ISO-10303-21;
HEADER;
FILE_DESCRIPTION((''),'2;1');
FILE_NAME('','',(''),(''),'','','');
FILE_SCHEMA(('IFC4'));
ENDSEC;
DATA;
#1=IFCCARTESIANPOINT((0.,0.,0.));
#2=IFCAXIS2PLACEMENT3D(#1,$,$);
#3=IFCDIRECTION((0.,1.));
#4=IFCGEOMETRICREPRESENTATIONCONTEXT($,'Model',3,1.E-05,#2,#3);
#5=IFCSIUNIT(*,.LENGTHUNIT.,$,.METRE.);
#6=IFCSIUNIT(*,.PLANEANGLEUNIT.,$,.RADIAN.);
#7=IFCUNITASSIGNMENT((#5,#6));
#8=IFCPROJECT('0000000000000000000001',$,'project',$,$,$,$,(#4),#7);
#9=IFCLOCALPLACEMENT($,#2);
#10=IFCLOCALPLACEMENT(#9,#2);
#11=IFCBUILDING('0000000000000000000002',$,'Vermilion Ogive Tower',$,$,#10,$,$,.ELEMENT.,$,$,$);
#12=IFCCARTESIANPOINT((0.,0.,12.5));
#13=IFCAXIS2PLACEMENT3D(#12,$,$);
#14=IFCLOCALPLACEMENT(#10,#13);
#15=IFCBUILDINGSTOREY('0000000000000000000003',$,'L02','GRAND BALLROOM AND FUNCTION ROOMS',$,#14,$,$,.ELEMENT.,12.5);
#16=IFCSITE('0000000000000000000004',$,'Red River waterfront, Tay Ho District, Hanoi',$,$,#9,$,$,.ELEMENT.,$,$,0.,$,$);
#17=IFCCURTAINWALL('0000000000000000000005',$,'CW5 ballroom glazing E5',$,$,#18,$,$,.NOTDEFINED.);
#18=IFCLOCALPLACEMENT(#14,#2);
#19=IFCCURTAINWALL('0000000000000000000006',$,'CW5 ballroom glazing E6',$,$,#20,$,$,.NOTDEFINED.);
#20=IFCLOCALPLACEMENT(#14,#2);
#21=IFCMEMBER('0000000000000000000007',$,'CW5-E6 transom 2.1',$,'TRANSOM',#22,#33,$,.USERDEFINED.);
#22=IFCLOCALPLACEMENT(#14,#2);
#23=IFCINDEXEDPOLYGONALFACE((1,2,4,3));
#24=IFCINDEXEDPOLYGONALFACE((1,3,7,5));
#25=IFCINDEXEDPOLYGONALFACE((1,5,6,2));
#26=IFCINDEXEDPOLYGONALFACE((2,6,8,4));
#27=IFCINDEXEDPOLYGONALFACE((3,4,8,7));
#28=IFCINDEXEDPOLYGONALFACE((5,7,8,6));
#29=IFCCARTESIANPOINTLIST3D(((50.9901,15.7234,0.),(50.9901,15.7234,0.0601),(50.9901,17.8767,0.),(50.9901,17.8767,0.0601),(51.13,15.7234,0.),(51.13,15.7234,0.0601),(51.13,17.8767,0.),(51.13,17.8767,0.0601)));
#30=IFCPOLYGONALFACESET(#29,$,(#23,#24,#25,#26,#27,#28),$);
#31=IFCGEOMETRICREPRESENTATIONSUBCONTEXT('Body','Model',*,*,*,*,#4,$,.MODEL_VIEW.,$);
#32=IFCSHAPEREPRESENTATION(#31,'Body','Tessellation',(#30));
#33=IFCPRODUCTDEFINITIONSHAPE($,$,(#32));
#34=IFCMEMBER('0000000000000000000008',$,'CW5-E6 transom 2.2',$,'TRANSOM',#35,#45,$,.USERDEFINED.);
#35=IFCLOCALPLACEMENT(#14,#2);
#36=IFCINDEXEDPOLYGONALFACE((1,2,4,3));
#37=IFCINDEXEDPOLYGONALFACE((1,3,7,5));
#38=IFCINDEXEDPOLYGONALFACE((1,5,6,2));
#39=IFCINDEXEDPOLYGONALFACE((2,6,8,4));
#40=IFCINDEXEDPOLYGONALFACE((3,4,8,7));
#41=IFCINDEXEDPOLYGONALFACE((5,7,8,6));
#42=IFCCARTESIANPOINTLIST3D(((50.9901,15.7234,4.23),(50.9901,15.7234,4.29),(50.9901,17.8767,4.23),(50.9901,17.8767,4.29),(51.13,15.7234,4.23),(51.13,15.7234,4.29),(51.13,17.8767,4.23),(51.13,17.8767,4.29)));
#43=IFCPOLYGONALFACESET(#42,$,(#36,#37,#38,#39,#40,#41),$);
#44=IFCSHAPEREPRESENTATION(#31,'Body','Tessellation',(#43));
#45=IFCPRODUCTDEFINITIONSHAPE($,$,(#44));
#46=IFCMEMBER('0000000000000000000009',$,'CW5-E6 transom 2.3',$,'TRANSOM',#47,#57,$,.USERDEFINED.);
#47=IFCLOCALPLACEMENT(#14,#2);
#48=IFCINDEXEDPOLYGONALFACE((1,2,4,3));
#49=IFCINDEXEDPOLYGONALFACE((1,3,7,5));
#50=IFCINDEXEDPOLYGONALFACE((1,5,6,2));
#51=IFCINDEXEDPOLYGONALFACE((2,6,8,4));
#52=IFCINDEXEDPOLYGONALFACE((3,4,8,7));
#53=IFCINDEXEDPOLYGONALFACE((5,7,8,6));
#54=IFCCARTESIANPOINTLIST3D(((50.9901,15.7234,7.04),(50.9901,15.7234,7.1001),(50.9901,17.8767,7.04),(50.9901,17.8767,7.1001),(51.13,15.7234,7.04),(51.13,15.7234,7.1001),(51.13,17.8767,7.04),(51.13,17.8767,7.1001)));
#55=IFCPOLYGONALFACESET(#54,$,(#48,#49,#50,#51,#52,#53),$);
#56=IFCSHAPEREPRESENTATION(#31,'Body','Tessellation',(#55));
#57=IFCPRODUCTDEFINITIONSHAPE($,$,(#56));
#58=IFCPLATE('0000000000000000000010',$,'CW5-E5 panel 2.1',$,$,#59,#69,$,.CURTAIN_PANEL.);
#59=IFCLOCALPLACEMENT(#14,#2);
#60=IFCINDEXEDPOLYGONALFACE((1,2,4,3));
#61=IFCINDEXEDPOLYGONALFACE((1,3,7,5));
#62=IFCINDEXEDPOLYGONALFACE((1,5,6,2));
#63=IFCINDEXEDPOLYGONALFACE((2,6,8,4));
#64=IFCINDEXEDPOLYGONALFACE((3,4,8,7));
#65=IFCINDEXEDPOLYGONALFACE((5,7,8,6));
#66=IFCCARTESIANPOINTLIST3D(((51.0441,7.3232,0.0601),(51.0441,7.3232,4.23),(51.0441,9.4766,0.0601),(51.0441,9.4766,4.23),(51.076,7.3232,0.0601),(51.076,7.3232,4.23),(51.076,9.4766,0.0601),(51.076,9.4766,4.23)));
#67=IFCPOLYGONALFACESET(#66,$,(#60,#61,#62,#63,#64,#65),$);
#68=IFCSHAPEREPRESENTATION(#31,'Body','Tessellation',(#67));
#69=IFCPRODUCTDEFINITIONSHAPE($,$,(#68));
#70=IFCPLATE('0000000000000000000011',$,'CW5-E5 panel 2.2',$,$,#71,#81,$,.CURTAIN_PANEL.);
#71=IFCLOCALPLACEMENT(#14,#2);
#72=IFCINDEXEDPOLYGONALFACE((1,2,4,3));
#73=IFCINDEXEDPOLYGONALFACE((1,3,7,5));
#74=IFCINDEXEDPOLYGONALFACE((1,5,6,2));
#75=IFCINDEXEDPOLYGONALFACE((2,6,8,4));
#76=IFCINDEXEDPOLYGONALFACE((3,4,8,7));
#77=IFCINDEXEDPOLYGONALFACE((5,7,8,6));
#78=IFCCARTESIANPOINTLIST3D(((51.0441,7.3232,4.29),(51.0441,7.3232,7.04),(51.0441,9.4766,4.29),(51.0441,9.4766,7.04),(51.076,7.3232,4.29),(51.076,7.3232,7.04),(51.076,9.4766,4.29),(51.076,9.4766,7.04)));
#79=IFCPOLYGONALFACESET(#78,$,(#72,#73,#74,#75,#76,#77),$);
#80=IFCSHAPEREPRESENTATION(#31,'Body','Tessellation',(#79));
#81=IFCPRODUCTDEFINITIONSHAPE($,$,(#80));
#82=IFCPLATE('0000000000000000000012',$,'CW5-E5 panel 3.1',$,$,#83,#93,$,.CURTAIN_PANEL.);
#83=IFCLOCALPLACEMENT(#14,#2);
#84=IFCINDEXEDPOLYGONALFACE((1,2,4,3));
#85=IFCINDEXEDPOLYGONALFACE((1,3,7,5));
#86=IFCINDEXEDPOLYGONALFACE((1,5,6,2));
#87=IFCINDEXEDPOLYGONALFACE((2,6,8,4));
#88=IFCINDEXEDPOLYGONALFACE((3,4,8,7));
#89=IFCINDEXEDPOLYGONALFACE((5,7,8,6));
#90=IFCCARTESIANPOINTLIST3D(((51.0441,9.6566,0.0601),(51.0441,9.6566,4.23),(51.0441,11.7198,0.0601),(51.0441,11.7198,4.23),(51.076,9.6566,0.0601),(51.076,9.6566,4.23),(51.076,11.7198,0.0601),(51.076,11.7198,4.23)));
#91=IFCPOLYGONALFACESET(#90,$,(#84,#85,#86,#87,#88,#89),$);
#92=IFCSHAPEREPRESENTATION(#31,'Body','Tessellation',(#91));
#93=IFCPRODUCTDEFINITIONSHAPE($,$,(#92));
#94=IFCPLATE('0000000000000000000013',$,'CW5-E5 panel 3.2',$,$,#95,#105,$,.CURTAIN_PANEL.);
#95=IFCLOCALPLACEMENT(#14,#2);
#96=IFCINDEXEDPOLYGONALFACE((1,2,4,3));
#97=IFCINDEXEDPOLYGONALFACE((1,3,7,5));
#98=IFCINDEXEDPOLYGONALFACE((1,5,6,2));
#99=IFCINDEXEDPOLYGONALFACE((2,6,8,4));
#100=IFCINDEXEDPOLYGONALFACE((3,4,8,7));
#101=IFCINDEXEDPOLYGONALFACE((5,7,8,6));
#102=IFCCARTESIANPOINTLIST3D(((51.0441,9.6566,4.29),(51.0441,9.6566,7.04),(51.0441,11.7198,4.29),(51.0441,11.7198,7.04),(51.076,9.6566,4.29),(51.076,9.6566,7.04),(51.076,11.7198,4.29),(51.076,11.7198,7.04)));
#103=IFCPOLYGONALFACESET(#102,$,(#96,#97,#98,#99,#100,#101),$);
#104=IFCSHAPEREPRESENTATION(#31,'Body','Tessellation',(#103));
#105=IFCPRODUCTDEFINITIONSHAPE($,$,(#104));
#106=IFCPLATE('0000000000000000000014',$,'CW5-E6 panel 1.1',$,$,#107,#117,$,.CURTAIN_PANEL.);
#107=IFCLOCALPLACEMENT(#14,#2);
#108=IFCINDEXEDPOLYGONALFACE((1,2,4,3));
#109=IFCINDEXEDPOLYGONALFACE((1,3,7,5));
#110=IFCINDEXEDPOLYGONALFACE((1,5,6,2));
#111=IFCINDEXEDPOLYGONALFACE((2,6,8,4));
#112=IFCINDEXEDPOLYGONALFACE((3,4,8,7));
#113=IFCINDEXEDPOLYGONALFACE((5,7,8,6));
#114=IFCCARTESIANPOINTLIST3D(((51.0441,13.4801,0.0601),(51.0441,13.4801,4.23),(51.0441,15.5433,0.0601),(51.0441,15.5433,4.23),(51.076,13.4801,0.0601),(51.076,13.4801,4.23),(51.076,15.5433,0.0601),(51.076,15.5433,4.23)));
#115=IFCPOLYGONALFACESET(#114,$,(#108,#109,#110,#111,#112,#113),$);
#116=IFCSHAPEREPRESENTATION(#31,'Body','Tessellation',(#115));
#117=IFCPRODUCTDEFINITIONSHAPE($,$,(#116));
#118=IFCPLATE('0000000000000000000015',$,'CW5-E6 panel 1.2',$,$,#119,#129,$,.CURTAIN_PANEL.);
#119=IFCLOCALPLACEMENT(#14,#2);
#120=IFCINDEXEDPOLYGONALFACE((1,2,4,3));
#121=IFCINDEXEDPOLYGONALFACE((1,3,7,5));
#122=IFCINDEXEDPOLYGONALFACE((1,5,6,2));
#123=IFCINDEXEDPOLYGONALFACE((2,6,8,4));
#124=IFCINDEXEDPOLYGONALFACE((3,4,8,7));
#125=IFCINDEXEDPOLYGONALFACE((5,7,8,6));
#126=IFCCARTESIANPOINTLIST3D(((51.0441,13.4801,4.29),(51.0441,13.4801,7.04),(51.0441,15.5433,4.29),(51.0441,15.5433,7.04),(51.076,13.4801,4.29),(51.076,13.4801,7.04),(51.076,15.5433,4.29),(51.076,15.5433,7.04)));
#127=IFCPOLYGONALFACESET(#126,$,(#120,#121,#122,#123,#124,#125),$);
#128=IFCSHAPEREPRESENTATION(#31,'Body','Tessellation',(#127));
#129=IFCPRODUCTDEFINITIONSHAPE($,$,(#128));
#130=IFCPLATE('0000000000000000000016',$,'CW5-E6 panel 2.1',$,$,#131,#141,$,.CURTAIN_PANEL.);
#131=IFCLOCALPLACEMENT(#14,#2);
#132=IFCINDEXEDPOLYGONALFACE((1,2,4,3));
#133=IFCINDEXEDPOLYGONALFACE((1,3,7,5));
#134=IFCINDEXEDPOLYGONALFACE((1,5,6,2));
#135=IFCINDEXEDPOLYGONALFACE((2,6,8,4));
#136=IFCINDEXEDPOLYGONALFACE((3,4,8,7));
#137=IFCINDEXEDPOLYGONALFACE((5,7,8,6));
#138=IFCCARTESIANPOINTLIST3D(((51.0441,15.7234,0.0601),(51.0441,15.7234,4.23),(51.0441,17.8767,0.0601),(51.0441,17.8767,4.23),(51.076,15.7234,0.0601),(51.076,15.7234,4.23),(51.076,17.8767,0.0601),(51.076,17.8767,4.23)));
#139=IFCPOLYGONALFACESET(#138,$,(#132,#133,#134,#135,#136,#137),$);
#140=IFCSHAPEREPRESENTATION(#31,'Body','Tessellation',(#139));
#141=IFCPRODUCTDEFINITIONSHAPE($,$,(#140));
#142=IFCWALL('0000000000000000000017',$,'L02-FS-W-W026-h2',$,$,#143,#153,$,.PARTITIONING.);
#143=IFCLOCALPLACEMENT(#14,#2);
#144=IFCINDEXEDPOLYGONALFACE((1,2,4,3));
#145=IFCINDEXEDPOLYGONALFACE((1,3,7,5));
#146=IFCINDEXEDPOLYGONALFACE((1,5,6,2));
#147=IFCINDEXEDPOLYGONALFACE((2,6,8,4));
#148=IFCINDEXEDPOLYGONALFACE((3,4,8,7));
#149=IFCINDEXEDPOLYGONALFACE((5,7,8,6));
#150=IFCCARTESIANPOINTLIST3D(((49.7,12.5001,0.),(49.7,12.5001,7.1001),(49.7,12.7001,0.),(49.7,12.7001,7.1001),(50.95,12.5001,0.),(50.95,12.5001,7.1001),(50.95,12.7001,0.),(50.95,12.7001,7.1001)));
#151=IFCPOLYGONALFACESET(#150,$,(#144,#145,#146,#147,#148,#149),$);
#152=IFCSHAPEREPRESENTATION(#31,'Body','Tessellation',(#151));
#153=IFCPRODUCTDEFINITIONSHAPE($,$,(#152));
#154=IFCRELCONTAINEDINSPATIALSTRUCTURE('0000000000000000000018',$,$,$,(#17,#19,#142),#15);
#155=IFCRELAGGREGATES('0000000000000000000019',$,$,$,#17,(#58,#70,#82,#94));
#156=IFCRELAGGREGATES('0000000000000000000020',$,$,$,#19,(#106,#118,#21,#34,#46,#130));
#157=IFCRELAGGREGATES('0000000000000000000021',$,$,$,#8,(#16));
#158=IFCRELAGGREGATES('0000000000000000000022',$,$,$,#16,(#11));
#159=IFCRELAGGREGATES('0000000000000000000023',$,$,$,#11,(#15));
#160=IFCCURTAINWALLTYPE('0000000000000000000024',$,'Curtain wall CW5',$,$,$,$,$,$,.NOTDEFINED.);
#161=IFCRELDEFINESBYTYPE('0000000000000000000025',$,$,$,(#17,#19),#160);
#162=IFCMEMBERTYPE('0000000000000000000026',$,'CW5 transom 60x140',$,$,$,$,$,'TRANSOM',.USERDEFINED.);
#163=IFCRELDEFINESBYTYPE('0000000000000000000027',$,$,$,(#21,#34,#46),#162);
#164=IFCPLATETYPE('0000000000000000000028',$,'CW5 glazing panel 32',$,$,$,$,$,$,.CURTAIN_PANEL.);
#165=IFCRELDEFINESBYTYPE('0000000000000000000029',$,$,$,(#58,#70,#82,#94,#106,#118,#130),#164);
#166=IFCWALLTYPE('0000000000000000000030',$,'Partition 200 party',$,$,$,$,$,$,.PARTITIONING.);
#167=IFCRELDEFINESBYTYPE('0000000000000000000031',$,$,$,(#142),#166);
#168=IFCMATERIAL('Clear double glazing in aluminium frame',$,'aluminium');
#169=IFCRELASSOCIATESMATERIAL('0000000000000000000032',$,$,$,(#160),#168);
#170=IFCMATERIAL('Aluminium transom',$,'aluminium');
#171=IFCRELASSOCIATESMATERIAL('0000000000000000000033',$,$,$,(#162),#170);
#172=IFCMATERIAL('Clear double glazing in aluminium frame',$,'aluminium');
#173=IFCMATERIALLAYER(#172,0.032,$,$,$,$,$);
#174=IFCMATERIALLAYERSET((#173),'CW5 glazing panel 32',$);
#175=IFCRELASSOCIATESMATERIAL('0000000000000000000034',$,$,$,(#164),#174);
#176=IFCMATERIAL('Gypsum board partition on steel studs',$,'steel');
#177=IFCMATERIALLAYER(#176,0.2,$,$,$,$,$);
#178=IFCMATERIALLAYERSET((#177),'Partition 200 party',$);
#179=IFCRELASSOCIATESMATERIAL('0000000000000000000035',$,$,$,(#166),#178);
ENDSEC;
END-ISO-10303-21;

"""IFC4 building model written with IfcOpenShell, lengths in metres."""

from ifc_helpers import new_model, si_unit, direction, frame, frame_2d, origin, origin_2d, place, context, subcontext, project, spatial, rectangle, extrude, material, layer, layer_set, material_profile, profile_set, type_object, element, aggregate, save


model = new_model("IFC4")

# Units and contexts
model_context = context("Model", 3, precision=1e-05, world=origin(), true_north=direction((0.0, 1.0)))
body_context = subcontext(model_context, "Body", "Model", "MODEL_VIEW")
ifc_project = project(units=[si_unit("LENGTHUNIT", "METRE"), si_unit("PLANEANGLEUNIT", "RADIAN")], contexts=[model_context])

# Site, building, storey
site_placement = place(None, origin())
site = spatial("IfcSite", under=ifc_project, at=site_placement, Name="Red River waterfront, Tay Ho District, Hanoi", CompositionType="ELEMENT", RefElevation=0.0)
building_placement = place(site_placement, origin())
building = spatial("IfcBuilding", under=site, at=building_placement, Name="Vermilion Ogive Tower", CompositionType="ELEMENT")
storey_placement = place(building_placement, frame((0.0, 0.0, 12.5)))
storey = spatial("IfcBuildingStorey", under=building, at=storey_placement, Name="L02", Description="GRAND BALLROOM AND FUNCTION ROOMS", CompositionType="ELEMENT", Elevation=12.5)

# Curtain walls
ifc_material_1 = material(Name="Clear double glazing in aluminium frame", Category="aluminium")
curtain_wall_type = type_object("IfcCurtainWallType", Name="Curtain wall CW5", PredefinedType="NOTDEFINED", material=ifc_material_1)
curtain_wall_1_placement = place(storey_placement, origin())
curtain_wall_1 = element("IfcCurtainWall", 1, at=curtain_wall_1_placement, inside=storey, type_object=curtain_wall_type, Name="CW5 ballroom glazing E5", PredefinedType="NOTDEFINED")
curtain_wall_2_placement = place(storey_placement, origin())
curtain_wall_2 = element("IfcCurtainWall", 2, at=curtain_wall_2_placement, inside=storey, type_object=curtain_wall_type, Name="CW5 ballroom glazing E6", PredefinedType="NOTDEFINED")

# Members
ifc_material_2 = material(Name="Aluminium transom", Category="aluminium")
ifc_material_profile_1 = material_profile(ifc_material_2, rectangle(XDim=0.1399, YDim=0.0601, at=origin_2d()), Name="AL 60x140")
ifc_profile_set_1 = profile_set([ifc_material_profile_1], Name="Aluminium transom")
member_type_1 = type_object("IfcMemberType", Name="CW5 transom 60x140", ElementType="TRANSOM", PredefinedType="USERDEFINED", material=ifc_profile_set_1)
member_1_placement = place(storey_placement, frame((51.0601, 15.7234, 0.03), z_axis=(0.0, 1.0, 0.0), x_axis=(-1.0, 0.0, 0.0)))
member_1 = element("IfcMember", 3, at=member_1_placement, type_object=member_type_1, Name="CW5-E6 transom 2.1", ObjectType="TRANSOM", PredefinedType="USERDEFINED", context=body_context, shape_type="SweptSolid", body=[
    extrude(rectangle(XDim=0.1399, YDim=0.0601, at=origin_2d()), origin(), (0.0, 0.0, 1.0), 2.1533),
])
member_2_placement = place(storey_placement, frame((51.0601, 15.7234, 4.26), z_axis=(0.0, 1.0, 0.0), x_axis=(-1.0, 0.0, 0.0)))
member_2 = element("IfcMember", 4, at=member_2_placement, type_object=member_type_1, Name="CW5-E6 transom 2.2", ObjectType="TRANSOM", PredefinedType="USERDEFINED", context=body_context, shape_type="SweptSolid", body=[
    extrude(rectangle(XDim=0.1399, YDim=0.0601, at=origin_2d()), origin(), (0.0, 0.0, 1.0), 2.1533),
])
member_3_placement = place(storey_placement, frame((51.0601, 15.7234, 7.0701), z_axis=(0.0, 1.0, 0.0), x_axis=(-1.0, 0.0, 0.0)))
member_3 = element("IfcMember", 5, at=member_3_placement, type_object=member_type_1, Name="CW5-E6 transom 2.3", ObjectType="TRANSOM", PredefinedType="USERDEFINED", context=body_context, shape_type="SweptSolid", body=[
    extrude(rectangle(XDim=0.1399, YDim=0.0601, at=origin_2d()), origin(), (0.0, 0.0, 1.0), 2.1533),
])

# Plates
ifc_material_3 = material(Name="Clear double glazing in aluminium frame", Category="aluminium")
ifc_layer_1 = layer(ifc_material_3, 0.032)
ifc_layer_set_1 = layer_set([ifc_layer_1], Name="CW5 glazing panel 32")
plate_type = type_object("IfcPlateType", Name="CW5 glazing panel 32", PredefinedType="CURTAIN_PANEL", material=ifc_layer_set_1)
plate_1_placement = place(storey_placement, frame((51.0601, 8.3999, 0.0601), z_axis=(0.0, 0.0, 1.0), x_axis=(0.0, 1.0, 0.0)))
plate_1 = element("IfcPlate", 6, at=plate_1_placement, type_object=plate_type, Name="CW5-E5 panel 2.1", PredefinedType="CURTAIN_PANEL", context=body_context, shape_type="SweptSolid", body=[
    extrude(rectangle(XDim=2.1533, YDim=0.032, at=origin_2d()), origin(), (0.0, 0.0, 1.0), 4.1699),
])
plate_2_placement = place(storey_placement, frame((51.0601, 8.3999, 4.29), z_axis=(0.0, 0.0, 1.0), x_axis=(0.0, 1.0, 0.0)))
plate_2 = element("IfcPlate", 7, at=plate_2_placement, type_object=plate_type, Name="CW5-E5 panel 2.2", PredefinedType="CURTAIN_PANEL", context=body_context, shape_type="SweptSolid", body=[
    extrude(rectangle(XDim=2.1533, YDim=0.032, at=origin_2d()), origin(), (0.0, 0.0, 1.0), 2.75),
])
plate_3_placement = place(storey_placement, frame((51.0601, 10.6882, 0.0601), z_axis=(0.0, 0.0, 1.0), x_axis=(0.0, 1.0, 0.0)))
plate_3 = element("IfcPlate", 8, at=plate_3_placement, type_object=plate_type, Name="CW5-E5 panel 3.1", PredefinedType="CURTAIN_PANEL", context=body_context, shape_type="SweptSolid", body=[
    extrude(rectangle(XDim=2.0632, YDim=0.032, at=origin_2d()), origin(), (0.0, 0.0, 1.0), 4.1699),
])
plate_4_placement = place(storey_placement, frame((51.0601, 10.6882, 4.29), z_axis=(0.0, 0.0, 1.0), x_axis=(0.0, 1.0, 0.0)))
plate_4 = element("IfcPlate", 9, at=plate_4_placement, type_object=plate_type, Name="CW5-E5 panel 3.2", PredefinedType="CURTAIN_PANEL", context=body_context, shape_type="SweptSolid", body=[
    extrude(rectangle(XDim=2.0632, YDim=0.032, at=origin_2d()), origin(), (0.0, 0.0, 1.0), 2.75),
])
aggregate(curtain_wall_1, [plate_1, plate_2, plate_3, plate_4])
plate_5_placement = place(storey_placement, frame((51.0601, 14.5117, 0.0601), z_axis=(0.0, 0.0, 1.0), x_axis=(0.0, 1.0, 0.0)))
plate_5 = element("IfcPlate", 10, at=plate_5_placement, type_object=plate_type, Name="CW5-E6 panel 1.1", PredefinedType="CURTAIN_PANEL", context=body_context, shape_type="SweptSolid", body=[
    extrude(rectangle(XDim=2.0632, YDim=0.032, at=origin_2d()), origin(), (0.0, 0.0, 1.0), 4.1699),
])
plate_6_placement = place(storey_placement, frame((51.0601, 14.5117, 4.29), z_axis=(0.0, 0.0, 1.0), x_axis=(0.0, 1.0, 0.0)))
plate_6 = element("IfcPlate", 11, at=plate_6_placement, type_object=plate_type, Name="CW5-E6 panel 1.2", PredefinedType="CURTAIN_PANEL", context=body_context, shape_type="SweptSolid", body=[
    extrude(rectangle(XDim=2.0632, YDim=0.032, at=origin_2d()), origin(), (0.0, 0.0, 1.0), 2.75),
])
plate_7_placement = place(storey_placement, frame((51.0601, 16.8, 0.0601), z_axis=(0.0, 0.0, 1.0), x_axis=(0.0, 1.0, 0.0)))
plate_7 = element("IfcPlate", 12, at=plate_7_placement, type_object=plate_type, Name="CW5-E6 panel 2.1", PredefinedType="CURTAIN_PANEL", context=body_context, shape_type="SweptSolid", body=[
    extrude(rectangle(XDim=2.1533, YDim=0.032, at=origin_2d()), origin(), (0.0, 0.0, 1.0), 4.1699),
])
aggregate(curtain_wall_2, [plate_5, plate_6, member_1, member_2, member_3, plate_7])

# Wall
ifc_material_4 = material(Name="Gypsum board partition on steel studs", Category="steel")
ifc_layer_2 = layer(ifc_material_4, 0.2)
ifc_layer_set_2 = layer_set([ifc_layer_2], Name="Partition 200 party")
wall_type = type_object("IfcWallType", Name="Partition 200 party", PredefinedType="PARTITIONING", material=ifc_layer_set_2)
wall_placement = place(storey_placement, frame((49.7, 12.6001, 0.0), z_axis=(0.0, 0.0, 1.0), x_axis=(1.0, 0.0, 0.0)))
element("IfcWall", 13, at=wall_placement, inside=storey, type_object=wall_type, Name="L02-FS-W-W026-h2", PredefinedType="PARTITIONING", context=body_context, shape_type="SweptSolid", body=[
    extrude(rectangle(XDim=1.25, YDim=0.2, at=frame_2d((0.625, 0.0))), origin(), (0.0, 0.0, 1.0), 7.1001),
])

save(model, "model.ifc")
